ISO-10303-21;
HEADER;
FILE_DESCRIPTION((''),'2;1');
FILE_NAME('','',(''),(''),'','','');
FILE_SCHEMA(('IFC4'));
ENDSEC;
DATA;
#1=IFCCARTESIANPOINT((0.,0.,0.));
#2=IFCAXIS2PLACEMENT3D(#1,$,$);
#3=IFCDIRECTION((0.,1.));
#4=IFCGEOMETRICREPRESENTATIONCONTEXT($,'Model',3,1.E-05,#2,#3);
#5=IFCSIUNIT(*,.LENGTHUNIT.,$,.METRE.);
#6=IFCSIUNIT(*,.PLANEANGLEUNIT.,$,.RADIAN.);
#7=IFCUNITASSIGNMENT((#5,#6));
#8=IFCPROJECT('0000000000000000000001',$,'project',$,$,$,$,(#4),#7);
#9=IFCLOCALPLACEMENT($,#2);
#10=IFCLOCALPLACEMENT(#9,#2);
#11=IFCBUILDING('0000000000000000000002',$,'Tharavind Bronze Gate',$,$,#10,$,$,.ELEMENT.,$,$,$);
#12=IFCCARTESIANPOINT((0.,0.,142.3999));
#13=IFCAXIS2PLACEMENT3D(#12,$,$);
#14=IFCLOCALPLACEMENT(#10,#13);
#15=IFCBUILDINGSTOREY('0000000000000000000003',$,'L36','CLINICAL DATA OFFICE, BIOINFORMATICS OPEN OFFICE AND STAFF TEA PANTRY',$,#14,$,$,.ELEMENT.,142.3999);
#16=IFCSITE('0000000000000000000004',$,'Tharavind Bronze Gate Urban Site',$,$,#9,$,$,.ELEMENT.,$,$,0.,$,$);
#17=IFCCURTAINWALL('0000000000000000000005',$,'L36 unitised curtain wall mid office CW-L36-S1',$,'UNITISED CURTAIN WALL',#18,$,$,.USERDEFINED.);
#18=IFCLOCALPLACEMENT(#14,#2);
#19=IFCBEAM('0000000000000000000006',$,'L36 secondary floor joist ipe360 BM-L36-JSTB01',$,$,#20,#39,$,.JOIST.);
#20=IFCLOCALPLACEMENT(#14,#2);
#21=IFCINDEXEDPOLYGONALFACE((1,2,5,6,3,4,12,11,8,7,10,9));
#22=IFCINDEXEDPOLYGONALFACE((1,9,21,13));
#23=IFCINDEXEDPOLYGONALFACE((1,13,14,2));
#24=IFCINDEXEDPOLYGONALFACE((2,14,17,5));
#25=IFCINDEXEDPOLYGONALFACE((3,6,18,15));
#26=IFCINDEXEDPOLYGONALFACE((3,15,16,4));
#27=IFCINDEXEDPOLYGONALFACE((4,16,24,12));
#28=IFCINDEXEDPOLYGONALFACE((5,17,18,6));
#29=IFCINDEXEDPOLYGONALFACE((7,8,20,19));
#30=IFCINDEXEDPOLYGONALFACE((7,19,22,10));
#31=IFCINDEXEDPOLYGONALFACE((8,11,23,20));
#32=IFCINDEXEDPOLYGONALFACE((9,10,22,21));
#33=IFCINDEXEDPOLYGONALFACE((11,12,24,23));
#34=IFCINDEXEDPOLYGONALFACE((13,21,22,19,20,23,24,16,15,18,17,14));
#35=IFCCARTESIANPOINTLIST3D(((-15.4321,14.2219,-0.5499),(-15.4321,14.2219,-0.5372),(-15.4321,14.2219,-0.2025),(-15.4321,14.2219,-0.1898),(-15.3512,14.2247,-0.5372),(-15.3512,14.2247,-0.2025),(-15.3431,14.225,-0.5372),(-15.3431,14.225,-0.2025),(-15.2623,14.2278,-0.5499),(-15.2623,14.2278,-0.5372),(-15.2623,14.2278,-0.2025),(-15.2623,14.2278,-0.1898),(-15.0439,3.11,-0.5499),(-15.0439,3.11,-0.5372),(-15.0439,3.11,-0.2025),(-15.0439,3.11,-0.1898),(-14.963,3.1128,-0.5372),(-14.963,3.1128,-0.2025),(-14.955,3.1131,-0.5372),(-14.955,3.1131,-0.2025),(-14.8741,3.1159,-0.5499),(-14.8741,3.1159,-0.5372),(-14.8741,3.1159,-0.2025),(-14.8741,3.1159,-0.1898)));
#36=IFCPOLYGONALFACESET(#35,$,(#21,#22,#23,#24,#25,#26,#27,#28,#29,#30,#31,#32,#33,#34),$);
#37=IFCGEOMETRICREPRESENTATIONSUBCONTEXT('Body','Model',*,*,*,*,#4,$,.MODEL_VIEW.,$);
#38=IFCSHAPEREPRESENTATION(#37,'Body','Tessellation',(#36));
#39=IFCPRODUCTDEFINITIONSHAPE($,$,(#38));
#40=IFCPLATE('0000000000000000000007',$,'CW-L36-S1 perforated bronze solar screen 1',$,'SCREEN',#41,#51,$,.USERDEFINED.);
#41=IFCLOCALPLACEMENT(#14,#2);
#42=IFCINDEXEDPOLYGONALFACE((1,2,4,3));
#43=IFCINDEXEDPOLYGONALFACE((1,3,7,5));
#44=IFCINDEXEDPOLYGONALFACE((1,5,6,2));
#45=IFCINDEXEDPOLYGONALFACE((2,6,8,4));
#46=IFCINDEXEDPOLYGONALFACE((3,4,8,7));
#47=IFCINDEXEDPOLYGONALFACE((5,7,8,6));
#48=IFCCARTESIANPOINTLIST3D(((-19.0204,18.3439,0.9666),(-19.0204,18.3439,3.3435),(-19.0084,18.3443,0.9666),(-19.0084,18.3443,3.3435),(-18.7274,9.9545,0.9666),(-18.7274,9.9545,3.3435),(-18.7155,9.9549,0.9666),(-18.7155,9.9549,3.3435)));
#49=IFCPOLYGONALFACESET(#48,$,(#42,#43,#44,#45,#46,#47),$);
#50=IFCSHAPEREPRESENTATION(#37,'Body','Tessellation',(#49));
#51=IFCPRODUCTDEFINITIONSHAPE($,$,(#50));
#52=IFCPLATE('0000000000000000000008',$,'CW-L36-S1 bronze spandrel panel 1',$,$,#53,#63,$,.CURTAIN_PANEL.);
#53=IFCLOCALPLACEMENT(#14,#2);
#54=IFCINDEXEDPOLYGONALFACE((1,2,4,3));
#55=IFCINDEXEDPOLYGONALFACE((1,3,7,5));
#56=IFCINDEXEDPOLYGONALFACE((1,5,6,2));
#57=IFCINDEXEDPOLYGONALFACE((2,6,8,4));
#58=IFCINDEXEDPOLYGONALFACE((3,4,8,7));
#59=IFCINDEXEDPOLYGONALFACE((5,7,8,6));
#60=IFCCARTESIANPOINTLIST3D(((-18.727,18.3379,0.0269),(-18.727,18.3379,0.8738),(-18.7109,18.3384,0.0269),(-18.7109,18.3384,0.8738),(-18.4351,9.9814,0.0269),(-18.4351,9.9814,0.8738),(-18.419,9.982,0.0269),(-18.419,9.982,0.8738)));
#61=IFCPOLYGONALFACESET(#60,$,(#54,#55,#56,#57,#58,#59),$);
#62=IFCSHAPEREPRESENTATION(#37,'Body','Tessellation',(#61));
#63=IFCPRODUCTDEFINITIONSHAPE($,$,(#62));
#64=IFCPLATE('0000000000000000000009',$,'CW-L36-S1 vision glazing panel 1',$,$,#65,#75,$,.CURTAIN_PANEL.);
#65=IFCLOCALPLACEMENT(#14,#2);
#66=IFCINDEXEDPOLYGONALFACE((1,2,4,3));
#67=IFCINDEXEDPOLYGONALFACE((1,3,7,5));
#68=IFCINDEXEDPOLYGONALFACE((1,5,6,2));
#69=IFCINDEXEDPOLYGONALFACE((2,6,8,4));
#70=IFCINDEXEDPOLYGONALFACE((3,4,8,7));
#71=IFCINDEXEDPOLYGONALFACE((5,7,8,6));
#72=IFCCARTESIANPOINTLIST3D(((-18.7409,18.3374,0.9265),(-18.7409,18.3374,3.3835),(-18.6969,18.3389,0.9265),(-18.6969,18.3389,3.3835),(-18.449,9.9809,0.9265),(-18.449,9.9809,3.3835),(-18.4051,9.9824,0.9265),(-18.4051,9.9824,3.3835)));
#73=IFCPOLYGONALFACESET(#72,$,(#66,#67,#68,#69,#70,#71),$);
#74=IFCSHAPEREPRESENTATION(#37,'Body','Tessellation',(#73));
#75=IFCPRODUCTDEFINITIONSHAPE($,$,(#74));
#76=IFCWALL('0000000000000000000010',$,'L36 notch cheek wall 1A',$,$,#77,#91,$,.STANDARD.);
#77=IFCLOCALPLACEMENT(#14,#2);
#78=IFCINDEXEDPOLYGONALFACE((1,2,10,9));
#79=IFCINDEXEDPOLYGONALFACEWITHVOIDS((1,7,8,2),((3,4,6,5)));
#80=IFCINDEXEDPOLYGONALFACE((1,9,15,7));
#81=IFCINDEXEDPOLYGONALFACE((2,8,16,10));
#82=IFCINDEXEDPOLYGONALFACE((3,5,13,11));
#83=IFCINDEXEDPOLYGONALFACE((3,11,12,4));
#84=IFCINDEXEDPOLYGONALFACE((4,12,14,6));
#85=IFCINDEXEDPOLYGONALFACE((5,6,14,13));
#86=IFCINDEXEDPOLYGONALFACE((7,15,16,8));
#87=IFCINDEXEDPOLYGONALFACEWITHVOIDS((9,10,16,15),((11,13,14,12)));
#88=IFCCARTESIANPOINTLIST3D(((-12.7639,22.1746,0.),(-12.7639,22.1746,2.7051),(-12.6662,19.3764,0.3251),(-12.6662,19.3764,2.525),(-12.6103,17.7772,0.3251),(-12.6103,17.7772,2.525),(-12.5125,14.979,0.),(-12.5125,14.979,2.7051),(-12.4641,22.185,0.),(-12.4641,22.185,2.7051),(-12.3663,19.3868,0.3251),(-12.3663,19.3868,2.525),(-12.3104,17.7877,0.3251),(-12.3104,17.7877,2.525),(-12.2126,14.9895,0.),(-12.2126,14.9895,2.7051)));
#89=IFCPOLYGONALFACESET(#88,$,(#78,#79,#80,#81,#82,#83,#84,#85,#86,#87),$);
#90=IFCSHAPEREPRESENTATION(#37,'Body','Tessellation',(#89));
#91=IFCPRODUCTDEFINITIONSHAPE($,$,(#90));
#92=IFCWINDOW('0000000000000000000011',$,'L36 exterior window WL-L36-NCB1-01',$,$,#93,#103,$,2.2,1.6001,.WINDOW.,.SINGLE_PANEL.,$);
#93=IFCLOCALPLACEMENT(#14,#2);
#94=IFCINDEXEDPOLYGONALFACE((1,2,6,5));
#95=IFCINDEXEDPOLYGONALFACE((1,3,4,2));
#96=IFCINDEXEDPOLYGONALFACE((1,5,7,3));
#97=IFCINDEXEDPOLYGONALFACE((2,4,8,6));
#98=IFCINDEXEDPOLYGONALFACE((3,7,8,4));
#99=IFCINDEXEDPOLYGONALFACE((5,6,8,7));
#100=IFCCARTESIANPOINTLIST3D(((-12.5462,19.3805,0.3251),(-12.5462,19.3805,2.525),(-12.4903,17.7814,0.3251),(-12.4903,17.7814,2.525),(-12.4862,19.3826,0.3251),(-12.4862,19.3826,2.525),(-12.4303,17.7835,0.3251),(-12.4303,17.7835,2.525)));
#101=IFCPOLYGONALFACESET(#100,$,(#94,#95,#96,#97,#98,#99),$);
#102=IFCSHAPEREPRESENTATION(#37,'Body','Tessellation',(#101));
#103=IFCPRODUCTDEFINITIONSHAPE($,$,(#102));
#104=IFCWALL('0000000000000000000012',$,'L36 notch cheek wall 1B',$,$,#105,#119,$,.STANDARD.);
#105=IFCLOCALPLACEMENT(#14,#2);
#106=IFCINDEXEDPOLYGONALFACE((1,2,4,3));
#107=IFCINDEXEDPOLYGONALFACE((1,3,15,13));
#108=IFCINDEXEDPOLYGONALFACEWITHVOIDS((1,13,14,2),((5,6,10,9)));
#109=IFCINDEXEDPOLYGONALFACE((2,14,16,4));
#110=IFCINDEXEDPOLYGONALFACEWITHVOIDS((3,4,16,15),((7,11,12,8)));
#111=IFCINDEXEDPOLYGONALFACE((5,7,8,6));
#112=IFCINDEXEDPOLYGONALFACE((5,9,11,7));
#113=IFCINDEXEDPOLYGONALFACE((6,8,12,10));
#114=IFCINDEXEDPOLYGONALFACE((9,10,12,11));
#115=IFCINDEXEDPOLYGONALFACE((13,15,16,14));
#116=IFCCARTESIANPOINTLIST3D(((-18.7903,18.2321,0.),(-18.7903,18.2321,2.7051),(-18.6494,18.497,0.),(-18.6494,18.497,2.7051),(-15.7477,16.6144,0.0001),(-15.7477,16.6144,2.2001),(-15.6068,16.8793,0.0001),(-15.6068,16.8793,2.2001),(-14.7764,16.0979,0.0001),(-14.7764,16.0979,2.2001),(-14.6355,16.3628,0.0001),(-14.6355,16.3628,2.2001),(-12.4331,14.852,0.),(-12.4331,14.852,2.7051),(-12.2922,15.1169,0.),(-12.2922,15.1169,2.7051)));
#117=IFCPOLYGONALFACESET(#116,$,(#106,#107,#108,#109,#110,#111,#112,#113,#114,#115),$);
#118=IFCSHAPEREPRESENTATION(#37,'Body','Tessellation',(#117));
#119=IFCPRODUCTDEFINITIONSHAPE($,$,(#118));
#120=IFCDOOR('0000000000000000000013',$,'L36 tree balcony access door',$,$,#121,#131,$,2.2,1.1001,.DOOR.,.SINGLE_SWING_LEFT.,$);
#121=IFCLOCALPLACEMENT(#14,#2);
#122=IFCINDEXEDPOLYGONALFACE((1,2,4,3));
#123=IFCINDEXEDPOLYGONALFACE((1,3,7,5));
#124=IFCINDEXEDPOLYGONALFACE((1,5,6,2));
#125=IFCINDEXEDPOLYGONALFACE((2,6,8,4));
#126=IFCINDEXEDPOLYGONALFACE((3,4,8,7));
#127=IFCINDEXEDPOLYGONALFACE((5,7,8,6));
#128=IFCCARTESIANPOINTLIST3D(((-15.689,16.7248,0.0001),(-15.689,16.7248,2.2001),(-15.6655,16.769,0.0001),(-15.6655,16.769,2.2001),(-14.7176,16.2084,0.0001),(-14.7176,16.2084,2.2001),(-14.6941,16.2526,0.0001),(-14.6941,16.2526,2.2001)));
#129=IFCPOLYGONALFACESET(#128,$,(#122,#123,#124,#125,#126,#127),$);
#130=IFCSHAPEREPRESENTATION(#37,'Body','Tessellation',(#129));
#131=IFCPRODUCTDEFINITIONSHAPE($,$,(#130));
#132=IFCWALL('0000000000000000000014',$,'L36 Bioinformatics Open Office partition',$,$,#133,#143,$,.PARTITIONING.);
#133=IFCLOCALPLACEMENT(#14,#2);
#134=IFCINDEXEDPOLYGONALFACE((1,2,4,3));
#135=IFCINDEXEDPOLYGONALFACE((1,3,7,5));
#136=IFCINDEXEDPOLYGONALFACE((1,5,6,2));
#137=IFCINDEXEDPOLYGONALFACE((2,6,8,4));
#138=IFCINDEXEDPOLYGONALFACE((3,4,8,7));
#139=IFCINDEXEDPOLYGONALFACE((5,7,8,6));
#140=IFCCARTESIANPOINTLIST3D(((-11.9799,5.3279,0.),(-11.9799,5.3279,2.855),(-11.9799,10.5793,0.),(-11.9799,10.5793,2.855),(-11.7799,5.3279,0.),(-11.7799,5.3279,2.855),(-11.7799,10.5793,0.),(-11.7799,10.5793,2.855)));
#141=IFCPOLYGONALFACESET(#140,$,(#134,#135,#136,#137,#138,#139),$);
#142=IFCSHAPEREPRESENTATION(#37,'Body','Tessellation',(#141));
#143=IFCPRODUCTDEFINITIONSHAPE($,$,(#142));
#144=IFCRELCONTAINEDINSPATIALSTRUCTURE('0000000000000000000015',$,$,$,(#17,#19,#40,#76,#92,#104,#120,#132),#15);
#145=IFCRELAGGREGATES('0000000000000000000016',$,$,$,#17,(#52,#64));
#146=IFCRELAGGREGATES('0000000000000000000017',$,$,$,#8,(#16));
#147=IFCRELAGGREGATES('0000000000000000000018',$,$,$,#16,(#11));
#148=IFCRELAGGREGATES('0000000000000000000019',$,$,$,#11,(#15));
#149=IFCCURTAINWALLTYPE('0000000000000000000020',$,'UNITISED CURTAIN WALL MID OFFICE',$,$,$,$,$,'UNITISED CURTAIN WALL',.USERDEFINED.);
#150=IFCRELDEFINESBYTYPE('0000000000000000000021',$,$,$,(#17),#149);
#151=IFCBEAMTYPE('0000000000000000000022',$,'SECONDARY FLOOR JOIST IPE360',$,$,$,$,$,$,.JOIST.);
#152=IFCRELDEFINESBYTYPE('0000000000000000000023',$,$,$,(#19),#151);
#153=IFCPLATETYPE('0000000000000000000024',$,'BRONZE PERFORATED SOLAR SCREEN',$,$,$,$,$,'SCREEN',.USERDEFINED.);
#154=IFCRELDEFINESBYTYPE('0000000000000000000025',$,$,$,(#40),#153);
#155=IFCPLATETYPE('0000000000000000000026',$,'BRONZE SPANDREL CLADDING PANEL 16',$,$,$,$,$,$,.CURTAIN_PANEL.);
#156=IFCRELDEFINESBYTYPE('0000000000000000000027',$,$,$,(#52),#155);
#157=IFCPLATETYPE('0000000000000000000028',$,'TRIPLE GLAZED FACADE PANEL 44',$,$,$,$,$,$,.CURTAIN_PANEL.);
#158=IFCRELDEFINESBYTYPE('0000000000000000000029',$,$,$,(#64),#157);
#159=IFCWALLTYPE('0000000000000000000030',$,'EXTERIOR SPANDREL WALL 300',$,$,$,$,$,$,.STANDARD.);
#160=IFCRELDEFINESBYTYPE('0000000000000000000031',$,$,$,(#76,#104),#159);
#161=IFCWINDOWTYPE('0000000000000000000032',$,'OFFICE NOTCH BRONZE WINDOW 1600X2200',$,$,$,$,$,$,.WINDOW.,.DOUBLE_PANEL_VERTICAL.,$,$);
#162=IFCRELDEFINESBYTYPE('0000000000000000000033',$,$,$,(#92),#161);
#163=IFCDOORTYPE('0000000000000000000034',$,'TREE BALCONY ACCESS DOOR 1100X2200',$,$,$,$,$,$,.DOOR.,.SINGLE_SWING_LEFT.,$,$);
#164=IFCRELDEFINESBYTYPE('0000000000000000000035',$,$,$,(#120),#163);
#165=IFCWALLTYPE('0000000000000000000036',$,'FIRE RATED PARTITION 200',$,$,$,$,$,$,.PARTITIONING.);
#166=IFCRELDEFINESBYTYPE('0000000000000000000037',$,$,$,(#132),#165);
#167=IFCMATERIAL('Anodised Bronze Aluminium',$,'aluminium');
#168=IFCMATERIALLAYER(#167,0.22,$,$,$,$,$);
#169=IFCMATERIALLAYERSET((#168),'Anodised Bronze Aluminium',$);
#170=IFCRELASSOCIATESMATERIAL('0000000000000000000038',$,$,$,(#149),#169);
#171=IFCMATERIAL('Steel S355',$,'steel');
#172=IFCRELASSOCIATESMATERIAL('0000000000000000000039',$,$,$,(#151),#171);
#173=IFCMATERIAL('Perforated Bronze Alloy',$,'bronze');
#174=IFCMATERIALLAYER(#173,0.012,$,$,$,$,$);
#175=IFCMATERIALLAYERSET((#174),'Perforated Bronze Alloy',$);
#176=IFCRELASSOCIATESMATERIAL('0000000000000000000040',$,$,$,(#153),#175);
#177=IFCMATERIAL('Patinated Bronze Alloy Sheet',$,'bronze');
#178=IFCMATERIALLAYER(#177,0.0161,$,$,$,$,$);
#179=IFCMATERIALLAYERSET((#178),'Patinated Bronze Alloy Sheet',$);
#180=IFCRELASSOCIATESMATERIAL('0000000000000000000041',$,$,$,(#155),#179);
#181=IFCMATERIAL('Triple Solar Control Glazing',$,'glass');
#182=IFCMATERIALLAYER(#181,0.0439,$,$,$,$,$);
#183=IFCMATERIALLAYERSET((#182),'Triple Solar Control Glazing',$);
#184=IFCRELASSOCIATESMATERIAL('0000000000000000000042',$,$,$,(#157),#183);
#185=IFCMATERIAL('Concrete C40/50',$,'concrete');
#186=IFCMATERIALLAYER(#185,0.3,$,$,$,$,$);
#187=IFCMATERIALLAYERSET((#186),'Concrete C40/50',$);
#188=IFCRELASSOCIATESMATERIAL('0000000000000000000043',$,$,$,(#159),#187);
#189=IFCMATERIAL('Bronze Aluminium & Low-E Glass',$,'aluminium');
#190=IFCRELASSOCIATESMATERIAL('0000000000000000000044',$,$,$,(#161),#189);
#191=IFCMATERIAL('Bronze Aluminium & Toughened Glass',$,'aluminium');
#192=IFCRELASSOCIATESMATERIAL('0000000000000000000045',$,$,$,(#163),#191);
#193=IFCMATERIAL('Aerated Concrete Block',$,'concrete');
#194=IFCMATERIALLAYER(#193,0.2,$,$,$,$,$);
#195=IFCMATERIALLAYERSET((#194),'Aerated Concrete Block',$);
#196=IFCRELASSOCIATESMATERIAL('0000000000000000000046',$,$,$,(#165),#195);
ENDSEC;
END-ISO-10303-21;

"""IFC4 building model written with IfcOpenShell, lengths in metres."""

from ifc_helpers import new_model, si_unit, direction, frame, frame_2d, origin, origin_2d, place, context, subcontext, project, spatial, rectangle, i_section, extrude, material, layer, layer_set, material_profile, profile_set, type_object, element, fill, aggregate, save


model = new_model("IFC4")

# Units and contexts
model_context = context("Model", 3, precision=1e-05, world=origin(), true_north=direction((0.0, 1.0)))
body_context = subcontext(model_context, "Body", "Model", "MODEL_VIEW")
ifc_project = project(units=[si_unit("LENGTHUNIT", "METRE"), si_unit("PLANEANGLEUNIT", "RADIAN")], contexts=[model_context])

# Site, building, storey
site_placement = place(None, origin())
site = spatial("IfcSite", under=ifc_project, at=site_placement, Name="Tharavind Bronze Gate Urban Site", CompositionType="ELEMENT", RefElevation=0.0)
building_placement = place(site_placement, origin())
building = spatial("IfcBuilding", under=site, at=building_placement, Name="Tharavind Bronze Gate", CompositionType="ELEMENT")
storey_placement = place(building_placement, frame((0.0, 0.0, 142.3999)))
storey = spatial("IfcBuildingStorey", under=building, at=storey_placement, Name="L36", Description="CLINICAL DATA OFFICE, BIOINFORMATICS OPEN OFFICE AND STAFF TEA PANTRY", CompositionType="ELEMENT", Elevation=142.3999)

# Curtain wall
ifc_material_1 = material(Name="Anodised Bronze Aluminium", Category="aluminium")
ifc_layer_1 = layer(ifc_material_1, 0.22)
ifc_layer_set_1 = layer_set([ifc_layer_1], Name="Anodised Bronze Aluminium")
curtain_wall_type = type_object("IfcCurtainWallType", Name="UNITISED CURTAIN WALL MID OFFICE", ElementType="UNITISED CURTAIN WALL", PredefinedType="USERDEFINED", material=ifc_layer_set_1)
curtain_wall_1_placement = place(storey_placement, origin())
curtain_wall_1 = element("IfcCurtainWall", 1, at=curtain_wall_1_placement, inside=storey, type_object=curtain_wall_type, Name="L36 unitised curtain wall mid office CW-L36-S1", ObjectType="UNITISED CURTAIN WALL", PredefinedType="USERDEFINED")

# Beam
ifc_material_2 = material(Name="Steel S355", Category="steel")
ifc_material_profile_1 = material_profile(ifc_material_2, i_section(OverallWidth=0.1699, OverallDepth=0.3601, WebThickness=0.0081, FlangeThickness=0.0127, at=origin_2d()), Name="IPE360")
ifc_profile_set_1 = profile_set([ifc_material_profile_1], Name="Steel S355")
beam_type_1 = type_object("IfcBeamType", Name="SECONDARY FLOOR JOIST IPE360", PredefinedType="JOIST", material=ifc_profile_set_1)
beam_1_placement = place(storey_placement, frame((-15.3472, 14.2249, -0.3699), z_axis=(0.034913, -0.99939, 0.0), x_axis=(0.99939, 0.034913, 0.0)))
element("IfcBeam", 2, at=beam_1_placement, inside=storey, type_object=beam_type_1, Name="L36 secondary floor joist ipe360 BM-L36-JSTB01", PredefinedType="JOIST", context=body_context, shape_type="SweptSolid", body=[
    extrude(i_section(OverallWidth=0.1699, OverallDepth=0.3601, WebThickness=0.0081, FlangeThickness=0.0127, at=origin_2d()), origin(), (0.0, 0.0, 1.0), 11.1187),
])

# Plates
ifc_material_3 = material(Name="Perforated Bronze Alloy", Category="bronze")
ifc_layer_2 = layer(ifc_material_3, 0.012)
ifc_layer_set_2 = layer_set([ifc_layer_2], Name="Perforated Bronze Alloy")
plate_type_1 = type_object("IfcPlateType", Name="BRONZE PERFORATED SOLAR SCREEN", ElementType="SCREEN", PredefinedType="USERDEFINED", material=ifc_layer_set_2)
plate_1_placement = place(storey_placement, frame((-18.8679, 14.1494, 0.9666), z_axis=(0.0, 0.0, 1.0), x_axis=(0.034899, -0.999391, 0.0)))
element("IfcPlate", 3, at=plate_1_placement, inside=storey, type_object=plate_type_1, Name="CW-L36-S1 perforated bronze solar screen 1", ObjectType="SCREEN", PredefinedType="USERDEFINED", context=body_context, shape_type="SweptSolid", body=[
    extrude(rectangle(XDim=8.3945, YDim=0.012, at=origin_2d()), origin(), (0.0, 0.0, 1.0), 2.377),
])
ifc_material_4 = material(Name="Patinated Bronze Alloy Sheet", Category="bronze")
ifc_layer_3 = layer(ifc_material_4, 0.0161)
ifc_layer_set_3 = layer_set([ifc_layer_3], Name="Patinated Bronze Alloy Sheet")
plate_type_2 = type_object("IfcPlateType", Name="BRONZE SPANDREL CLADDING PANEL 16", PredefinedType="CURTAIN_PANEL", material=ifc_layer_set_3)
plate_2_placement = place(storey_placement, frame((-18.573, 14.1599, 0.0269), z_axis=(0.0, 0.0, 1.0), x_axis=(0.034899, -0.999391, 0.0)))
plate_2 = element("IfcPlate", 4, at=plate_2_placement, type_object=plate_type_2, Name="CW-L36-S1 bronze spandrel panel 1", PredefinedType="CURTAIN_PANEL", context=body_context, shape_type="SweptSolid", body=[
    extrude(rectangle(XDim=8.3616, YDim=0.0161, at=origin_2d()), origin(), (0.0, 0.0, 1.0), 0.8469),
])
ifc_material_5 = material(Name="Triple Solar Control Glazing", Category="glass")
ifc_layer_4 = layer(ifc_material_5, 0.0439)
ifc_layer_set_4 = layer_set([ifc_layer_4], Name="Triple Solar Control Glazing")
plate_type_3 = type_object("IfcPlateType", Name="TRIPLE GLAZED FACADE PANEL 44", PredefinedType="CURTAIN_PANEL", material=ifc_layer_set_4)
plate_3_placement = place(storey_placement, frame((-18.573, 14.1599, 0.9265), z_axis=(0.0, 0.0, 1.0), x_axis=(0.034899, -0.999391, 0.0)))
plate_3 = element("IfcPlate", 5, at=plate_3_placement, type_object=plate_type_3, Name="CW-L36-S1 vision glazing panel 1", PredefinedType="CURTAIN_PANEL", context=body_context, shape_type="SweptSolid", body=[
    extrude(rectangle(XDim=8.3616, YDim=0.0439, at=origin_2d()), origin(), (0.0, 0.0, 1.0), 2.457),
])
aggregate(curtain_wall_1, [plate_2, plate_3])

# Wall, opening, window
ifc_material_6 = material(Name="Concrete C40/50", Category="concrete")
ifc_layer_5 = layer(ifc_material_6, 0.3)
ifc_layer_set_5 = layer_set([ifc_layer_5], Name="Concrete C40/50")
wall_type_1 = type_object("IfcWallType", Name="EXTERIOR SPANDREL WALL 300", PredefinedType="STANDARD", material=ifc_layer_set_5)
wall_1_placement = place(storey_placement, frame((-12.614, 22.1799, 0.0), z_axis=(0.0, 0.0, 1.0), x_axis=(0.034926, -0.99939, 0.0)))
wall_1 = element("IfcWall", 6, at=wall_1_placement, inside=storey, type_object=wall_type_1, Name="L36 notch cheek wall 1A", PredefinedType="STANDARD", context=body_context, shape_type="SweptSolid", body=[
    extrude(rectangle(XDim=7.2, YDim=0.3, at=frame_2d((3.6001, 0.0))), origin(), (0.0, 0.0, 1.0), 2.7051),
])
opening_1_placement = place(wall_1_placement, frame((2.8, 0.0, 0.325)))
opening_1 = element("IfcOpeningElement", 7, at=opening_1_placement, cuts=wall_1, PredefinedType="OPENING", context=body_context, shape_type="SweptSolid", body=[
    extrude(rectangle(XDim=1.6001, YDim=2.2, at=frame_2d((0.8, 1.1001))), frame((0.0, 0.1599, 0.0), z_axis=(0.0, -1.0, 0.0), x_axis=(1.0, 0.0, 0.0)), (0.0, 0.0, 1.0), 0.32),
])
ifc_material_7 = material(Name="Bronze Aluminium & Low-E Glass", Category="aluminium")
window_type = type_object("IfcWindowType", Name="OFFICE NOTCH BRONZE WINDOW 1600X2200", PartitioningType="DOUBLE_PANEL_VERTICAL", PredefinedType="WINDOW", material=ifc_material_7)
window_placement = place(opening_1_placement, origin())
window = element("IfcWindow", 8, at=window_placement, inside=storey, type_object=window_type, Name="L36 exterior window WL-L36-NCB1-01", OverallHeight=2.2, OverallWidth=1.6001, PartitioningType="SINGLE_PANEL", PredefinedType="WINDOW", context=body_context, shape_type="SweptSolid", body=[
    extrude(rectangle(XDim=1.6001, YDim=2.2, at=frame_2d((0.8, 1.1001))), frame((0.0, 0.03, 0.0), z_axis=(0.0, -1.0, 0.0), x_axis=(1.0, 0.0, 0.0)), (0.0, 0.0, 1.0), 0.0601),
])
fill(opening_1, window)

# Wall, opening, door
wall_2_placement = place(storey_placement, frame((-12.3625, 14.9844, 0.0), z_axis=(0.0, 0.0, 1.0), x_axis=(-0.88295, 0.469467, 0.0)))
wall_2 = element("IfcWall", 9, at=wall_2_placement, inside=storey, type_object=wall_type_1, Name="L36 notch cheek wall 1B", PredefinedType="STANDARD", context=body_context, shape_type="SweptSolid", body=[
    extrude(rectangle(XDim=7.2, YDim=0.3, at=frame_2d((3.6001, 0.0))), origin(), (0.0, 0.0, 1.0), 2.7051),
])
opening_2_placement = place(wall_2_placement, frame((2.6541, 0.0, 0.0)))
opening_2 = element("IfcOpeningElement", 10, at=opening_2_placement, cuts=wall_2, PredefinedType="OPENING", context=body_context, shape_type="SweptSolid", body=[
    extrude(rectangle(XDim=1.1001, YDim=2.2, at=frame_2d((0.55, 1.1001))), frame((0.0, 0.1599, 0.0), z_axis=(0.0, -1.0, 0.0), x_axis=(1.0, 0.0, 0.0)), (0.0, 0.0, 1.0), 0.32),
])
ifc_material_8 = material(Name="Bronze Aluminium & Toughened Glass", Category="aluminium")
door_type = type_object("IfcDoorType", Name="TREE BALCONY ACCESS DOOR 1100X2200", OperationType="SINGLE_SWING_LEFT", PredefinedType="DOOR", material=ifc_material_8)
door_placement = place(opening_2_placement, origin())
door = element("IfcDoor", 11, at=door_placement, inside=storey, type_object=door_type, Name="L36 tree balcony access door", OperationType="SINGLE_SWING_LEFT", OverallHeight=2.2, OverallWidth=1.1001, PredefinedType="DOOR", context=body_context, shape_type="SweptSolid", body=[
    extrude(rectangle(XDim=1.1001, YDim=2.2, at=frame_2d((0.55, 1.1001))), frame((0.0, 0.0249, 0.0), z_axis=(0.0, -1.0, 0.0), x_axis=(1.0, 0.0, 0.0)), (0.0, 0.0, 1.0), 0.05),
])
fill(opening_2, door)

# Wall
ifc_material_9 = material(Name="Aerated Concrete Block", Category="concrete")
ifc_layer_6 = layer(ifc_material_9, 0.2)
ifc_layer_set_6 = layer_set([ifc_layer_6], Name="Aerated Concrete Block")
wall_type_2 = type_object("IfcWallType", Name="FIRE RATED PARTITION 200", PredefinedType="PARTITIONING", material=ifc_layer_set_6)
wall_3_placement = place(storey_placement, frame((-11.8799, 10.5793, 0.0), z_axis=(0.0, 0.0, 1.0), x_axis=(0.0, -1.0, 0.0)))
element("IfcWall", 12, at=wall_3_placement, inside=storey, type_object=wall_type_2, Name="L36 Bioinformatics Open Office partition", PredefinedType="PARTITIONING", context=body_context, shape_type="SweptSolid", body=[
    extrude(rectangle(XDim=5.2515, YDim=0.2, at=frame_2d((2.6257, 0.0))), origin(), (0.0, 0.0, 1.0), 2.855),
])

save(model, "model.ifc")
